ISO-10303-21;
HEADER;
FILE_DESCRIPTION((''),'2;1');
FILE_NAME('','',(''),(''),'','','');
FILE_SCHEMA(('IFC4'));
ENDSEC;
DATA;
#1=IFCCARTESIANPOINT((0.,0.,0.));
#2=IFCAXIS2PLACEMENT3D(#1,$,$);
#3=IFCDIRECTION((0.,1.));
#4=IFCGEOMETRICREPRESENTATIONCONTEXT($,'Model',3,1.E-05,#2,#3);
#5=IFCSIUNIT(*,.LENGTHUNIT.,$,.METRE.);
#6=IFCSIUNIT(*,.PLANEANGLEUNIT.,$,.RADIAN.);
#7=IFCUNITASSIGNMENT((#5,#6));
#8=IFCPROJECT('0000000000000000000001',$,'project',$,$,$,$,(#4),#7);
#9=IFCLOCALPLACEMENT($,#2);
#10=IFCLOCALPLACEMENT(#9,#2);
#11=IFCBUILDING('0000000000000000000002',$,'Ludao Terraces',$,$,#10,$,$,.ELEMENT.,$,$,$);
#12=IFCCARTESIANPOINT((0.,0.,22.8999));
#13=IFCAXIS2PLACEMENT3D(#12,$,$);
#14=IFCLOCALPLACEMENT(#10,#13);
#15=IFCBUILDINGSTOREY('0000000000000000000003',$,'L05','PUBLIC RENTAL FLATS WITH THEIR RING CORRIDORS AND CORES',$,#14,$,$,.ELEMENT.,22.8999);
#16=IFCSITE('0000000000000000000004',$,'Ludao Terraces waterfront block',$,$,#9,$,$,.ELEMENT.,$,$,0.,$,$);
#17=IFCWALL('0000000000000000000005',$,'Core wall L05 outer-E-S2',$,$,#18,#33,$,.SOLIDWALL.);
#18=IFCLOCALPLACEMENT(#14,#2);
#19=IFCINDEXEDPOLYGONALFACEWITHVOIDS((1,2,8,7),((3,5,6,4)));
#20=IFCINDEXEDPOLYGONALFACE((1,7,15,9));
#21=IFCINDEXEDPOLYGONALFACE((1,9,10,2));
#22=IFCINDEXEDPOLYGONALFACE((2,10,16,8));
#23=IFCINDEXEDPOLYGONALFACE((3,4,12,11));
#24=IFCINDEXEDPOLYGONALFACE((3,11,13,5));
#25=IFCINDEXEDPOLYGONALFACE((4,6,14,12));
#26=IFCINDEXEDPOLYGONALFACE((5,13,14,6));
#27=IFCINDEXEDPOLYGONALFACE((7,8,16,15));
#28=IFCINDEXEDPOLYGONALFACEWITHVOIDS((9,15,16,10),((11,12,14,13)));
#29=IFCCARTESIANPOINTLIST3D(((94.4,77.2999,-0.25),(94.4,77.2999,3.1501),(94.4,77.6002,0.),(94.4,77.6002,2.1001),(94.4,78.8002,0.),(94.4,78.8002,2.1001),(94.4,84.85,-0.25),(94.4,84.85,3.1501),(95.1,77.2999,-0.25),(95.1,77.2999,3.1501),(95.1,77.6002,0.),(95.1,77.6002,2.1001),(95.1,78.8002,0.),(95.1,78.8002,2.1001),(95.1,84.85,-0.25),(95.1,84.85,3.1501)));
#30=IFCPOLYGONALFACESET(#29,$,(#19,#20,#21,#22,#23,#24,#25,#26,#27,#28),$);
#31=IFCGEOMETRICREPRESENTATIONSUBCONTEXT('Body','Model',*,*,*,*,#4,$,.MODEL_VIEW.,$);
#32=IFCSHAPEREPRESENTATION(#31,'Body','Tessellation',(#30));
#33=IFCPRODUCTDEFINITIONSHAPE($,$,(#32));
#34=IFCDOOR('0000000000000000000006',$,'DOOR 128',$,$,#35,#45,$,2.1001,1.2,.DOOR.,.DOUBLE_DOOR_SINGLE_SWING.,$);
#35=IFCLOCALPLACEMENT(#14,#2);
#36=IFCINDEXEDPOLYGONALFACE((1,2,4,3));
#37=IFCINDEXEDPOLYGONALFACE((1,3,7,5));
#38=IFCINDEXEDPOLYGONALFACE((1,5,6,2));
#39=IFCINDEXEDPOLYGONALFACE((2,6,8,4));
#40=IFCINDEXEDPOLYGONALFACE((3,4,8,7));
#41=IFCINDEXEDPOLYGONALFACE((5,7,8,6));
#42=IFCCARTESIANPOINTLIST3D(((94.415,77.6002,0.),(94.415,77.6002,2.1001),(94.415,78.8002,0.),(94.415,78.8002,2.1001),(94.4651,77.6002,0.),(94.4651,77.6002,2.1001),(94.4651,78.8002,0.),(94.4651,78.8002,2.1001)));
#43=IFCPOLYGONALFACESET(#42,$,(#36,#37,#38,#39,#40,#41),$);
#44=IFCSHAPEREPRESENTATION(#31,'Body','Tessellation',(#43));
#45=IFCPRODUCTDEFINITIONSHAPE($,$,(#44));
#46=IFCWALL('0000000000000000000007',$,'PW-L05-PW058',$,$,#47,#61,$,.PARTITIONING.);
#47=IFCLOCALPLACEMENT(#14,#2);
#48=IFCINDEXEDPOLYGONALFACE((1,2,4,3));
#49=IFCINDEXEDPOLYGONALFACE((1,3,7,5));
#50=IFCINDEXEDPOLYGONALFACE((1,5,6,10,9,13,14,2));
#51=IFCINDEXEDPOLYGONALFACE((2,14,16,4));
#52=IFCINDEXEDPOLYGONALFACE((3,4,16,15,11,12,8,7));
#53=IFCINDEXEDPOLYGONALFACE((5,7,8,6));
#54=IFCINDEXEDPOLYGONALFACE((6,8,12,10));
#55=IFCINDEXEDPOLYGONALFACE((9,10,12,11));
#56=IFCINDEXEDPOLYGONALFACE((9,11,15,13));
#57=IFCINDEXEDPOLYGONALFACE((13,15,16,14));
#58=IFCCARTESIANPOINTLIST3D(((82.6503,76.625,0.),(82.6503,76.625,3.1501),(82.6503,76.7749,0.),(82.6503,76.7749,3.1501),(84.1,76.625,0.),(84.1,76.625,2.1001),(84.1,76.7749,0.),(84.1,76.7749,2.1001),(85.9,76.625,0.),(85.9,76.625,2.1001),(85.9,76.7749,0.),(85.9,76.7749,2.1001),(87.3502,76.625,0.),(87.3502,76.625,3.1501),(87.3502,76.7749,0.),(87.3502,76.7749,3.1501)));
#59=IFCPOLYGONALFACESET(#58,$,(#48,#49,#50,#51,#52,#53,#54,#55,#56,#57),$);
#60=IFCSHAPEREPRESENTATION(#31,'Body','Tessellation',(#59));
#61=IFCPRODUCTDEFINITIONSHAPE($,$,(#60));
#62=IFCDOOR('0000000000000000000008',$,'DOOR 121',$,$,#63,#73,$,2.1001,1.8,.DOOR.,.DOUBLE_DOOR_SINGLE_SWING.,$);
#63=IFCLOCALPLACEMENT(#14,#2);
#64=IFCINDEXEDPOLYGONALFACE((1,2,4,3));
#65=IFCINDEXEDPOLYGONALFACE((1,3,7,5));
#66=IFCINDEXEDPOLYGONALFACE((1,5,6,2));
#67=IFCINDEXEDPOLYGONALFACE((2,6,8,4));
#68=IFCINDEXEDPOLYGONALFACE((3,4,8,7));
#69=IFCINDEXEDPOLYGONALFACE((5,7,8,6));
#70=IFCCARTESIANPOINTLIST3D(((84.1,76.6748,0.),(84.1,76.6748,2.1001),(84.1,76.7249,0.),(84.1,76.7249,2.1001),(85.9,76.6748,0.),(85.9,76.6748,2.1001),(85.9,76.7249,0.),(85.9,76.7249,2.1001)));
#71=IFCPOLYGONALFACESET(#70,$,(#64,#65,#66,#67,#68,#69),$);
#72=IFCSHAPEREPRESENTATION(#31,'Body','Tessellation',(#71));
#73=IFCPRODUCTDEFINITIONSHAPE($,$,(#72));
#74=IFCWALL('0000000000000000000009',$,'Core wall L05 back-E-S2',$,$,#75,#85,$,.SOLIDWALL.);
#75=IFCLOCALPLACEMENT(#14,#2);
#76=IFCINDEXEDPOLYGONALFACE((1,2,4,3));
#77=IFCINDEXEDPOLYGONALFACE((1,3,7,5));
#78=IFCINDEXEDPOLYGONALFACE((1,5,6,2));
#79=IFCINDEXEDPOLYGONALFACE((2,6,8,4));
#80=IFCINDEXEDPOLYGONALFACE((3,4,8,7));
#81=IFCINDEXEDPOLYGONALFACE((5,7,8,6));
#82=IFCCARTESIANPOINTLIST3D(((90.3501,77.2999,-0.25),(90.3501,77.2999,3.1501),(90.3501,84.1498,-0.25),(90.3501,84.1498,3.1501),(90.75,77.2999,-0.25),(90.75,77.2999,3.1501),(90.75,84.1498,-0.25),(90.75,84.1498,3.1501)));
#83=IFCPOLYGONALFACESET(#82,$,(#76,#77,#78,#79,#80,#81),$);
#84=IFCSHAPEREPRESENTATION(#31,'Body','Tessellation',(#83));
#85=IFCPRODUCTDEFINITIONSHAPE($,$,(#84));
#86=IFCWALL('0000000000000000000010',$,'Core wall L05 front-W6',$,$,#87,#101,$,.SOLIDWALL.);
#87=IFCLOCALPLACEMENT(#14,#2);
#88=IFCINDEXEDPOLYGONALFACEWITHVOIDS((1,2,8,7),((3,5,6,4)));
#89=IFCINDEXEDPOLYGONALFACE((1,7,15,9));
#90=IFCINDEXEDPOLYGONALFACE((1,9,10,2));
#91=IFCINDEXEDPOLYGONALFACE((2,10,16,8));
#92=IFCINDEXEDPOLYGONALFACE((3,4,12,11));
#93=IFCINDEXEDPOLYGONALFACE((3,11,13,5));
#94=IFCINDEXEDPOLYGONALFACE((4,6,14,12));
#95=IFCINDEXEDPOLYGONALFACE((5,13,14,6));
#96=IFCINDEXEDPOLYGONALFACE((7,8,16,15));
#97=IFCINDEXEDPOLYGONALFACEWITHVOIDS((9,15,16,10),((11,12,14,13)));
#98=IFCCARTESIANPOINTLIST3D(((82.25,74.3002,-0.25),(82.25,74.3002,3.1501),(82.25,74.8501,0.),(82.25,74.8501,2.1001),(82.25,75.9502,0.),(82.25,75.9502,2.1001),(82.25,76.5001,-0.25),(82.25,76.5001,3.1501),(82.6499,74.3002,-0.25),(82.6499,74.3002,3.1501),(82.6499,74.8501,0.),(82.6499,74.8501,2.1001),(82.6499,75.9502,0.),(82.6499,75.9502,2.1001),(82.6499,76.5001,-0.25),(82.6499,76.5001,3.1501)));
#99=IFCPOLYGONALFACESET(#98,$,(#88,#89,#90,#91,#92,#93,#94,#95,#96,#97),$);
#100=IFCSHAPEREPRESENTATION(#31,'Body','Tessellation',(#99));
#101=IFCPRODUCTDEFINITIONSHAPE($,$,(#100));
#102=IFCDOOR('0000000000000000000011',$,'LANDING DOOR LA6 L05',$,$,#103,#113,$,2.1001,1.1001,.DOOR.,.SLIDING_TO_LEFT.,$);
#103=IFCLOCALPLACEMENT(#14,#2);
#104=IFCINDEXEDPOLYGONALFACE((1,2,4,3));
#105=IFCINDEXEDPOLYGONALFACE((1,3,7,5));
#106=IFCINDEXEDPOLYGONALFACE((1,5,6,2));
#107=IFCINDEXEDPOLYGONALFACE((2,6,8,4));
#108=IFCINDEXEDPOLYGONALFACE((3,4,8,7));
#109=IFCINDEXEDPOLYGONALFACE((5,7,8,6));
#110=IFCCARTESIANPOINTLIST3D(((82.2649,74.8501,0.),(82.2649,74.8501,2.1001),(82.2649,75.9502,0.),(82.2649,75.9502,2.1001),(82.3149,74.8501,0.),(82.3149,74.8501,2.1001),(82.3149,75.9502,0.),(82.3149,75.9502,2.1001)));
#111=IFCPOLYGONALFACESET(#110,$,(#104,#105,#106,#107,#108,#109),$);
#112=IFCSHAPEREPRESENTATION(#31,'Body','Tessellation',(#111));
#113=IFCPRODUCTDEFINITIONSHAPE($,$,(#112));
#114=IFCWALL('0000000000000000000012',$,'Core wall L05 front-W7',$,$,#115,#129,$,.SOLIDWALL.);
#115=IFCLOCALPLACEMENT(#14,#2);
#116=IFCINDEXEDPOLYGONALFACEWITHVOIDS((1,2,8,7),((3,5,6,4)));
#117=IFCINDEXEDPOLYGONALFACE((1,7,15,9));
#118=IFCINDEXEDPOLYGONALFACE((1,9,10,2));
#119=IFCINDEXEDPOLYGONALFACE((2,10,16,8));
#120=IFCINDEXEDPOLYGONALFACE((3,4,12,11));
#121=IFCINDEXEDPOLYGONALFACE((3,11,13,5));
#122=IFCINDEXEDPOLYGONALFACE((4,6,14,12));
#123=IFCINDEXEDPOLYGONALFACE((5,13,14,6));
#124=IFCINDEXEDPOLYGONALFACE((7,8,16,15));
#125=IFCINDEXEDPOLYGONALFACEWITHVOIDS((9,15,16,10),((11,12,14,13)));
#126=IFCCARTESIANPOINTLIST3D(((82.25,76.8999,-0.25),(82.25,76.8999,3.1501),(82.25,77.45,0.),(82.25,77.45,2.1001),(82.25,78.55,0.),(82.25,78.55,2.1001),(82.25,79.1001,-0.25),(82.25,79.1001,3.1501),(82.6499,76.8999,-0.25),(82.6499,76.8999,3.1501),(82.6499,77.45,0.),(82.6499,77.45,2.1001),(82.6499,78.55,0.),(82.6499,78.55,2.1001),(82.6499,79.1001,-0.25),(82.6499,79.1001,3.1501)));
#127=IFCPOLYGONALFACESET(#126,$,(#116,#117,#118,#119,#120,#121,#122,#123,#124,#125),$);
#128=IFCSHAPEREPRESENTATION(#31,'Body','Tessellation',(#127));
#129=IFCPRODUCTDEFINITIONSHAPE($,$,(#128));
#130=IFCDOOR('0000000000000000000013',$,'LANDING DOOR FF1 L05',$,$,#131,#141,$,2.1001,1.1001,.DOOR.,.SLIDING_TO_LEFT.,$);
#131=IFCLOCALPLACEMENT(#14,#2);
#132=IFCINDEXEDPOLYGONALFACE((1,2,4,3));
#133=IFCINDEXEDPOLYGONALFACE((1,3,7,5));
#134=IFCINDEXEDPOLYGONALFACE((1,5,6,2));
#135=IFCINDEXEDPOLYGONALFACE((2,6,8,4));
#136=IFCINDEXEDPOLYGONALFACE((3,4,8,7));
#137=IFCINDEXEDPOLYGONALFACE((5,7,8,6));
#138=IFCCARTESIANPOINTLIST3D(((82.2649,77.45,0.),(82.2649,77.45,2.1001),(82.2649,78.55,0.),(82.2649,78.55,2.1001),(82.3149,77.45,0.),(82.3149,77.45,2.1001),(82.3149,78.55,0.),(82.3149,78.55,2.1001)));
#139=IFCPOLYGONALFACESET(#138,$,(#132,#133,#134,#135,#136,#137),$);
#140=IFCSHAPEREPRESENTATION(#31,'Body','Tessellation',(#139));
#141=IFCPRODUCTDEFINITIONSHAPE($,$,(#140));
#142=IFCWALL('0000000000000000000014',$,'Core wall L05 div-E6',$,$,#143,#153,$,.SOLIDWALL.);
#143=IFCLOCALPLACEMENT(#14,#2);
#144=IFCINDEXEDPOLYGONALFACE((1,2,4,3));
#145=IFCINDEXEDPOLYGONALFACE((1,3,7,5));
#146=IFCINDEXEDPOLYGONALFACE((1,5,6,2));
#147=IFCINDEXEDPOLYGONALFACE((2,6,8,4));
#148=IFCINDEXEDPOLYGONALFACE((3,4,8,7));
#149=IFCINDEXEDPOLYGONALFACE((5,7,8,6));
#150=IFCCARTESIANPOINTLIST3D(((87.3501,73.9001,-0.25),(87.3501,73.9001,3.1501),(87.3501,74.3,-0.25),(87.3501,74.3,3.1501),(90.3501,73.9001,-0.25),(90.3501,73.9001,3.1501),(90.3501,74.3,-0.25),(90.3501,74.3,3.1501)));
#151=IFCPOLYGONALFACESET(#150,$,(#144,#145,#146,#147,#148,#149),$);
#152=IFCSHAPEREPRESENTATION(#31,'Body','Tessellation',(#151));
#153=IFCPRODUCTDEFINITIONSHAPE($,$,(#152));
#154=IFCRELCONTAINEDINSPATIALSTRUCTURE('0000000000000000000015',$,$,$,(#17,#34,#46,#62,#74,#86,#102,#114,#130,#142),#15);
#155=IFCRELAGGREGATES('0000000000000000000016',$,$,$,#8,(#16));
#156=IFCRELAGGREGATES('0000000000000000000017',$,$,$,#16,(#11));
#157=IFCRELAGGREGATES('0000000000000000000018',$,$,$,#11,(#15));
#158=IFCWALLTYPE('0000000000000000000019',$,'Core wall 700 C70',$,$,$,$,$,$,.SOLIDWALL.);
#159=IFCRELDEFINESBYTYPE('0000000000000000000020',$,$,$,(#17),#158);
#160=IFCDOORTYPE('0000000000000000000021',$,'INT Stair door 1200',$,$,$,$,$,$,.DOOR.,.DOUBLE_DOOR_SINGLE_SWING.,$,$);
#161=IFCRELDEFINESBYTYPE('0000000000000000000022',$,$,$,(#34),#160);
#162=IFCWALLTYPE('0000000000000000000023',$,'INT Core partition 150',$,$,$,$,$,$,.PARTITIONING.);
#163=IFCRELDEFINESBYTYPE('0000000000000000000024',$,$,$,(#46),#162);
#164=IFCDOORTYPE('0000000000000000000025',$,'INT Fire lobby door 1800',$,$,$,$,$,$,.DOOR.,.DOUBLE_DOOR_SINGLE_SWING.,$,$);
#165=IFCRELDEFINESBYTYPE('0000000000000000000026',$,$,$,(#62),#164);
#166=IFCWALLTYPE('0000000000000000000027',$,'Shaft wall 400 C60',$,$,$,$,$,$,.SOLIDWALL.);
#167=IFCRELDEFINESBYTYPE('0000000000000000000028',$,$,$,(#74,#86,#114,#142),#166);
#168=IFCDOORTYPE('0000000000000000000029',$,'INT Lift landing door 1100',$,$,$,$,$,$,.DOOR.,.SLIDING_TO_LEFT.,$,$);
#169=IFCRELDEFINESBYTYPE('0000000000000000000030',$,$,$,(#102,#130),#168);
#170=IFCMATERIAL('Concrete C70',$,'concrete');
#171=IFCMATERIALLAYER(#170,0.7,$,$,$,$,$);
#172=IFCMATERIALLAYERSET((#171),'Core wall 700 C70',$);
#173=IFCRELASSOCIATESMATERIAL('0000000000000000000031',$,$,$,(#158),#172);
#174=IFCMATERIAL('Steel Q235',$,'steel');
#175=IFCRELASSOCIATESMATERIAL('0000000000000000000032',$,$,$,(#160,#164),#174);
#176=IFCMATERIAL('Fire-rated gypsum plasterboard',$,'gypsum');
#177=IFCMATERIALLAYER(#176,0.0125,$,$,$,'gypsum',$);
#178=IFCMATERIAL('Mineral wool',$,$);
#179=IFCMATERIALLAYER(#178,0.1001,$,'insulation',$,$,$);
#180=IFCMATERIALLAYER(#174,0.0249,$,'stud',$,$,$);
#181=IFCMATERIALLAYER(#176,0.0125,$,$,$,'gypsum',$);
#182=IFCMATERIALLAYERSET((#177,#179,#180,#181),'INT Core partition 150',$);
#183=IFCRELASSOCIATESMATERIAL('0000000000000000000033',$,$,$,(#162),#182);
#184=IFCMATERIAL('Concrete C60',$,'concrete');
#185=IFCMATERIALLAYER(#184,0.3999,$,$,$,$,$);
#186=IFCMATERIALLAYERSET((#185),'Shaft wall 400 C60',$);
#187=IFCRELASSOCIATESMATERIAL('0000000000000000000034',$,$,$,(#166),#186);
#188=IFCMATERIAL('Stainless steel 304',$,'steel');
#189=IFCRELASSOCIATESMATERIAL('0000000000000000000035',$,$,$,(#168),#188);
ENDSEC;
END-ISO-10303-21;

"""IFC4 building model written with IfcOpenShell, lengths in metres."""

from ifc_helpers import new_model, si_unit, direction, frame, frame_2d, origin, place, context, subcontext, project, spatial, rectangle, extrude, material, layer, layer_set, type_object, element, fill, save


model = new_model("IFC4")

# Units and contexts
model_context = context("Model", 3, precision=1e-05, world=origin(), true_north=direction((0.0, 1.0)))
body_context = subcontext(model_context, "Body", "Model", "MODEL_VIEW")
ifc_project = project(units=[si_unit("LENGTHUNIT", "METRE"), si_unit("PLANEANGLEUNIT", "RADIAN")], contexts=[model_context])

# Site, building, storey
site_placement = place(None, origin())
site = spatial("IfcSite", under=ifc_project, at=site_placement, Name="Ludao Terraces waterfront block", CompositionType="ELEMENT", RefElevation=0.0)
building_placement = place(site_placement, origin())
building = spatial("IfcBuilding", under=site, at=building_placement, Name="Ludao Terraces", CompositionType="ELEMENT")
storey_placement = place(building_placement, frame((0.0, 0.0, 22.8999)))
storey = spatial("IfcBuildingStorey", under=building, at=storey_placement, Name="L05", Description="PUBLIC RENTAL FLATS WITH THEIR RING CORRIDORS AND CORES", CompositionType="ELEMENT", Elevation=22.8999)

# Walls, openings, doors
ifc_material_1 = material(Name="Concrete C70", Category="concrete")
ifc_layer_1 = layer(ifc_material_1, 0.7)
ifc_layer_set_1 = layer_set([ifc_layer_1], Name="Core wall 700 C70")
wall_type_1 = type_object("IfcWallType", Name="Core wall 700 C70", PredefinedType="SOLIDWALL", material=ifc_layer_set_1)
wall_1_placement = place(storey_placement, frame((94.75, 77.3, -0.25), z_axis=(0.0, 0.0, 1.0), x_axis=(0.0, 1.0, 0.0)))
wall_1 = element("IfcWall", 1, at=wall_1_placement, inside=storey, type_object=wall_type_1, Name="Core wall L05 outer-E-S2", PredefinedType="SOLIDWALL", context=body_context, shape_type="SweptSolid", body=[
    extrude(rectangle(XDim=7.55, YDim=0.7, at=frame_2d((3.7749, 0.0))), origin(), (0.0, 0.0, 1.0), 3.4001),
])
opening_1_placement = place(wall_1_placement, frame((0.3, 0.0, 0.25)))
opening_1 = element("IfcOpeningElement", 2, at=opening_1_placement, cuts=wall_1, PredefinedType="OPENING", context=body_context, shape_type="SweptSolid", body=[
    extrude(rectangle(XDim=1.2, YDim=2.1001, at=frame_2d((0.6001, 1.05))), frame((0.0, 0.3599, 0.0), z_axis=(0.0, -1.0, 0.0), x_axis=(1.0, 0.0, 0.0)), (0.0, 0.0, 1.0), 0.72),
])
ifc_material_2 = material(Name="Steel Q235", Category="steel")
door_type_1 = type_object("IfcDoorType", Name="INT Stair door 1200", OperationType="DOUBLE_DOOR_SINGLE_SWING", PredefinedType="DOOR", material=ifc_material_2)
door_1_placement = place(opening_1_placement, origin())
door_1 = element("IfcDoor", 3, at=door_1_placement, inside=storey, type_object=door_type_1, Name="DOOR 128", OperationType="DOUBLE_DOOR_SINGLE_SWING", OverallHeight=2.1001, OverallWidth=1.2, PredefinedType="DOOR", context=body_context, shape_type="SweptSolid", body=[
    extrude(rectangle(XDim=1.2, YDim=2.1001, at=frame_2d((0.6001, 1.05))), frame((0.0, 0.335, 0.0), z_axis=(0.0, -1.0, 0.0), x_axis=(1.0, 0.0, 0.0)), (0.0, 0.0, 1.0), 0.05),
])
fill(opening_1, door_1)
ifc_material_3 = material(Name="Fire-rated gypsum plasterboard", Category="gypsum")
ifc_layer_2 = layer(ifc_material_3, 0.0125, Category="gypsum")
ifc_material_4 = material(Name="Mineral wool")
ifc_layer_3 = layer(ifc_material_4, 0.1001, Name="insulation")
ifc_layer_4 = layer(ifc_material_2, 0.0249, Name="stud")
ifc_layer_5 = layer(ifc_material_3, 0.0125, Category="gypsum")
ifc_layer_set_2 = layer_set([ifc_layer_2, ifc_layer_3, ifc_layer_4, ifc_layer_5], Name="INT Core partition 150")
wall_type_2 = type_object("IfcWallType", Name="INT Core partition 150", PredefinedType="PARTITIONING", material=ifc_layer_set_2)
wall_2_placement = place(storey_placement, frame((82.6501, 76.7, 0.0), z_axis=(0.0, 0.0, 1.0), x_axis=(1.0, 0.0, 0.0)))
wall_2 = element("IfcWall", 4, at=wall_2_placement, inside=storey, type_object=wall_type_2, Name="PW-L05-PW058", PredefinedType="PARTITIONING", context=body_context, shape_type="SweptSolid", body=[
    extrude(rectangle(XDim=4.7, YDim=0.1499, at=frame_2d((2.3501, 0.0))), origin(), (0.0, 0.0, 1.0), 3.1501),
])
opening_2_placement = place(wall_2_placement, frame((1.45, 0.0, 0.0)))
opening_2 = element("IfcOpeningElement", 5, at=opening_2_placement, cuts=wall_2, PredefinedType="OPENING", context=body_context, shape_type="SweptSolid", body=[
    extrude(rectangle(XDim=1.8, YDim=2.1001, at=frame_2d((0.8999, 1.05))), frame((0.0, 0.085, 0.0), z_axis=(0.0, -1.0, 0.0), x_axis=(1.0, 0.0, 0.0)), (0.0, 0.0, 1.0), 0.1699),
])
door_type_2 = type_object("IfcDoorType", Name="INT Fire lobby door 1800", OperationType="DOUBLE_DOOR_SINGLE_SWING", PredefinedType="DOOR", material=ifc_material_2)
door_2_placement = place(opening_2_placement, origin())
door_2 = element("IfcDoor", 6, at=door_2_placement, inside=storey, type_object=door_type_2, Name="DOOR 121", OperationType="DOUBLE_DOOR_SINGLE_SWING", OverallHeight=2.1001, OverallWidth=1.8, PredefinedType="DOOR", context=body_context, shape_type="SweptSolid", body=[
    extrude(rectangle(XDim=1.8, YDim=2.1001, at=frame_2d((0.8999, 1.05))), frame((0.0, 0.0249, 0.0), z_axis=(0.0, -1.0, 0.0), x_axis=(1.0, 0.0, 0.0)), (0.0, 0.0, 1.0), 0.05),
])
fill(opening_2, door_2)

# Wall
ifc_material_5 = material(Name="Concrete C60", Category="concrete")
ifc_layer_6 = layer(ifc_material_5, 0.3999)
ifc_layer_set_3 = layer_set([ifc_layer_6], Name="Shaft wall 400 C60")
wall_type_3 = type_object("IfcWallType", Name="Shaft wall 400 C60", PredefinedType="SOLIDWALL", material=ifc_layer_set_3)
wall_3_placement = place(storey_placement, frame((90.55, 77.3, -0.25), z_axis=(0.0, 0.0, 1.0), x_axis=(0.0, 1.0, 0.0)))
element("IfcWall", 7, at=wall_3_placement, inside=storey, type_object=wall_type_3, Name="Core wall L05 back-E-S2", PredefinedType="SOLIDWALL", context=body_context, shape_type="SweptSolid", body=[
    extrude(rectangle(XDim=6.8499, YDim=0.3999, at=frame_2d((3.4248, 0.0))), origin(), (0.0, 0.0, 1.0), 3.4001),
])

# Walls, openings, doors
wall_4_placement = place(storey_placement, frame((82.45, 74.3, -0.25), z_axis=(0.0, 0.0, 1.0), x_axis=(0.0, 1.0, 0.0)))
wall_4 = element("IfcWall", 8, at=wall_4_placement, inside=storey, type_object=wall_type_3, Name="Core wall L05 front-W6", PredefinedType="SOLIDWALL", context=body_context, shape_type="SweptSolid", body=[
    extrude(rectangle(XDim=2.2, YDim=0.3999, at=frame_2d((1.1001, 0.0))), origin(), (0.0, 0.0, 1.0), 3.4001),
])
opening_3_placement = place(wall_4_placement, frame((0.55, 0.0, 0.25)))
opening_3 = element("IfcOpeningElement", 9, at=opening_3_placement, cuts=wall_4, PredefinedType="OPENING", context=body_context, shape_type="SweptSolid", body=[
    extrude(rectangle(XDim=1.1001, YDim=2.1001, at=frame_2d((0.55, 1.05))), frame((0.0, 0.21, 0.0), z_axis=(0.0, -1.0, 0.0), x_axis=(1.0, 0.0, 0.0)), (0.0, 0.0, 1.0), 0.4199),
])
ifc_material_6 = material(Name="Stainless steel 304", Category="steel")
door_type_3 = type_object("IfcDoorType", Name="INT Lift landing door 1100", OperationType="SLIDING_TO_LEFT", PredefinedType="DOOR", material=ifc_material_6)
door_3_placement = place(opening_3_placement, origin())
door_3 = element("IfcDoor", 10, at=door_3_placement, inside=storey, type_object=door_type_3, Name="LANDING DOOR LA6 L05", OperationType="SLIDING_TO_LEFT", OverallHeight=2.1001, OverallWidth=1.1001, PredefinedType="DOOR", context=body_context, shape_type="SweptSolid", body=[
    extrude(rectangle(XDim=1.1001, YDim=2.1001, at=frame_2d((0.55, 1.05))), frame((0.0, 0.1851, 0.0), z_axis=(0.0, -1.0, 0.0), x_axis=(1.0, 0.0, 0.0)), (0.0, 0.0, 1.0), 0.05),
])
fill(opening_3, door_3)
wall_5_placement = place(storey_placement, frame((82.45, 76.8999, -0.25), z_axis=(0.0, 0.0, 1.0), x_axis=(0.0, 1.0, 0.0)))
wall_5 = element("IfcWall", 11, at=wall_5_placement, inside=storey, type_object=wall_type_3, Name="Core wall L05 front-W7", PredefinedType="SOLIDWALL", context=body_context, shape_type="SweptSolid", body=[
    extrude(rectangle(XDim=2.2002, YDim=0.3999, at=frame_2d((1.1001, 0.0))), origin(), (0.0, 0.0, 1.0), 3.4001),
])
opening_4_placement = place(wall_5_placement, frame((0.55, 0.0, 0.25)))
opening_4 = element("IfcOpeningElement", 12, at=opening_4_placement, cuts=wall_5, PredefinedType="OPENING", context=body_context, shape_type="SweptSolid", body=[
    extrude(rectangle(XDim=1.1001, YDim=2.1001, at=frame_2d((0.55, 1.05))), frame((0.0, 0.21, 0.0), z_axis=(0.0, -1.0, 0.0), x_axis=(1.0, 0.0, 0.0)), (0.0, 0.0, 1.0), 0.4199),
])
door_4_placement = place(opening_4_placement, origin())
door_4 = element("IfcDoor", 13, at=door_4_placement, inside=storey, type_object=door_type_3, Name="LANDING DOOR FF1 L05", OperationType="SLIDING_TO_LEFT", OverallHeight=2.1001, OverallWidth=1.1001, PredefinedType="DOOR", context=body_context, shape_type="SweptSolid", body=[
    extrude(rectangle(XDim=1.1001, YDim=2.1001, at=frame_2d((0.55, 1.05))), frame((0.0, 0.1851, 0.0), z_axis=(0.0, -1.0, 0.0), x_axis=(1.0, 0.0, 0.0)), (0.0, 0.0, 1.0), 0.05),
])
fill(opening_4, door_4)

# Wall
wall_6_placement = place(storey_placement, frame((87.3501, 74.1001, -0.25), z_axis=(0.0, 0.0, 1.0), x_axis=(1.0, 0.0, 0.0)))
element("IfcWall", 14, at=wall_6_placement, inside=storey, type_object=wall_type_3, Name="Core wall L05 div-E6", PredefinedType="SOLIDWALL", context=body_context, shape_type="SweptSolid", body=[
    extrude(rectangle(XDim=3.0, YDim=0.3999, at=frame_2d((1.5, 0.0))), origin(), (0.0, 0.0, 1.0), 3.4001),
])

save(model, "model.ifc")
